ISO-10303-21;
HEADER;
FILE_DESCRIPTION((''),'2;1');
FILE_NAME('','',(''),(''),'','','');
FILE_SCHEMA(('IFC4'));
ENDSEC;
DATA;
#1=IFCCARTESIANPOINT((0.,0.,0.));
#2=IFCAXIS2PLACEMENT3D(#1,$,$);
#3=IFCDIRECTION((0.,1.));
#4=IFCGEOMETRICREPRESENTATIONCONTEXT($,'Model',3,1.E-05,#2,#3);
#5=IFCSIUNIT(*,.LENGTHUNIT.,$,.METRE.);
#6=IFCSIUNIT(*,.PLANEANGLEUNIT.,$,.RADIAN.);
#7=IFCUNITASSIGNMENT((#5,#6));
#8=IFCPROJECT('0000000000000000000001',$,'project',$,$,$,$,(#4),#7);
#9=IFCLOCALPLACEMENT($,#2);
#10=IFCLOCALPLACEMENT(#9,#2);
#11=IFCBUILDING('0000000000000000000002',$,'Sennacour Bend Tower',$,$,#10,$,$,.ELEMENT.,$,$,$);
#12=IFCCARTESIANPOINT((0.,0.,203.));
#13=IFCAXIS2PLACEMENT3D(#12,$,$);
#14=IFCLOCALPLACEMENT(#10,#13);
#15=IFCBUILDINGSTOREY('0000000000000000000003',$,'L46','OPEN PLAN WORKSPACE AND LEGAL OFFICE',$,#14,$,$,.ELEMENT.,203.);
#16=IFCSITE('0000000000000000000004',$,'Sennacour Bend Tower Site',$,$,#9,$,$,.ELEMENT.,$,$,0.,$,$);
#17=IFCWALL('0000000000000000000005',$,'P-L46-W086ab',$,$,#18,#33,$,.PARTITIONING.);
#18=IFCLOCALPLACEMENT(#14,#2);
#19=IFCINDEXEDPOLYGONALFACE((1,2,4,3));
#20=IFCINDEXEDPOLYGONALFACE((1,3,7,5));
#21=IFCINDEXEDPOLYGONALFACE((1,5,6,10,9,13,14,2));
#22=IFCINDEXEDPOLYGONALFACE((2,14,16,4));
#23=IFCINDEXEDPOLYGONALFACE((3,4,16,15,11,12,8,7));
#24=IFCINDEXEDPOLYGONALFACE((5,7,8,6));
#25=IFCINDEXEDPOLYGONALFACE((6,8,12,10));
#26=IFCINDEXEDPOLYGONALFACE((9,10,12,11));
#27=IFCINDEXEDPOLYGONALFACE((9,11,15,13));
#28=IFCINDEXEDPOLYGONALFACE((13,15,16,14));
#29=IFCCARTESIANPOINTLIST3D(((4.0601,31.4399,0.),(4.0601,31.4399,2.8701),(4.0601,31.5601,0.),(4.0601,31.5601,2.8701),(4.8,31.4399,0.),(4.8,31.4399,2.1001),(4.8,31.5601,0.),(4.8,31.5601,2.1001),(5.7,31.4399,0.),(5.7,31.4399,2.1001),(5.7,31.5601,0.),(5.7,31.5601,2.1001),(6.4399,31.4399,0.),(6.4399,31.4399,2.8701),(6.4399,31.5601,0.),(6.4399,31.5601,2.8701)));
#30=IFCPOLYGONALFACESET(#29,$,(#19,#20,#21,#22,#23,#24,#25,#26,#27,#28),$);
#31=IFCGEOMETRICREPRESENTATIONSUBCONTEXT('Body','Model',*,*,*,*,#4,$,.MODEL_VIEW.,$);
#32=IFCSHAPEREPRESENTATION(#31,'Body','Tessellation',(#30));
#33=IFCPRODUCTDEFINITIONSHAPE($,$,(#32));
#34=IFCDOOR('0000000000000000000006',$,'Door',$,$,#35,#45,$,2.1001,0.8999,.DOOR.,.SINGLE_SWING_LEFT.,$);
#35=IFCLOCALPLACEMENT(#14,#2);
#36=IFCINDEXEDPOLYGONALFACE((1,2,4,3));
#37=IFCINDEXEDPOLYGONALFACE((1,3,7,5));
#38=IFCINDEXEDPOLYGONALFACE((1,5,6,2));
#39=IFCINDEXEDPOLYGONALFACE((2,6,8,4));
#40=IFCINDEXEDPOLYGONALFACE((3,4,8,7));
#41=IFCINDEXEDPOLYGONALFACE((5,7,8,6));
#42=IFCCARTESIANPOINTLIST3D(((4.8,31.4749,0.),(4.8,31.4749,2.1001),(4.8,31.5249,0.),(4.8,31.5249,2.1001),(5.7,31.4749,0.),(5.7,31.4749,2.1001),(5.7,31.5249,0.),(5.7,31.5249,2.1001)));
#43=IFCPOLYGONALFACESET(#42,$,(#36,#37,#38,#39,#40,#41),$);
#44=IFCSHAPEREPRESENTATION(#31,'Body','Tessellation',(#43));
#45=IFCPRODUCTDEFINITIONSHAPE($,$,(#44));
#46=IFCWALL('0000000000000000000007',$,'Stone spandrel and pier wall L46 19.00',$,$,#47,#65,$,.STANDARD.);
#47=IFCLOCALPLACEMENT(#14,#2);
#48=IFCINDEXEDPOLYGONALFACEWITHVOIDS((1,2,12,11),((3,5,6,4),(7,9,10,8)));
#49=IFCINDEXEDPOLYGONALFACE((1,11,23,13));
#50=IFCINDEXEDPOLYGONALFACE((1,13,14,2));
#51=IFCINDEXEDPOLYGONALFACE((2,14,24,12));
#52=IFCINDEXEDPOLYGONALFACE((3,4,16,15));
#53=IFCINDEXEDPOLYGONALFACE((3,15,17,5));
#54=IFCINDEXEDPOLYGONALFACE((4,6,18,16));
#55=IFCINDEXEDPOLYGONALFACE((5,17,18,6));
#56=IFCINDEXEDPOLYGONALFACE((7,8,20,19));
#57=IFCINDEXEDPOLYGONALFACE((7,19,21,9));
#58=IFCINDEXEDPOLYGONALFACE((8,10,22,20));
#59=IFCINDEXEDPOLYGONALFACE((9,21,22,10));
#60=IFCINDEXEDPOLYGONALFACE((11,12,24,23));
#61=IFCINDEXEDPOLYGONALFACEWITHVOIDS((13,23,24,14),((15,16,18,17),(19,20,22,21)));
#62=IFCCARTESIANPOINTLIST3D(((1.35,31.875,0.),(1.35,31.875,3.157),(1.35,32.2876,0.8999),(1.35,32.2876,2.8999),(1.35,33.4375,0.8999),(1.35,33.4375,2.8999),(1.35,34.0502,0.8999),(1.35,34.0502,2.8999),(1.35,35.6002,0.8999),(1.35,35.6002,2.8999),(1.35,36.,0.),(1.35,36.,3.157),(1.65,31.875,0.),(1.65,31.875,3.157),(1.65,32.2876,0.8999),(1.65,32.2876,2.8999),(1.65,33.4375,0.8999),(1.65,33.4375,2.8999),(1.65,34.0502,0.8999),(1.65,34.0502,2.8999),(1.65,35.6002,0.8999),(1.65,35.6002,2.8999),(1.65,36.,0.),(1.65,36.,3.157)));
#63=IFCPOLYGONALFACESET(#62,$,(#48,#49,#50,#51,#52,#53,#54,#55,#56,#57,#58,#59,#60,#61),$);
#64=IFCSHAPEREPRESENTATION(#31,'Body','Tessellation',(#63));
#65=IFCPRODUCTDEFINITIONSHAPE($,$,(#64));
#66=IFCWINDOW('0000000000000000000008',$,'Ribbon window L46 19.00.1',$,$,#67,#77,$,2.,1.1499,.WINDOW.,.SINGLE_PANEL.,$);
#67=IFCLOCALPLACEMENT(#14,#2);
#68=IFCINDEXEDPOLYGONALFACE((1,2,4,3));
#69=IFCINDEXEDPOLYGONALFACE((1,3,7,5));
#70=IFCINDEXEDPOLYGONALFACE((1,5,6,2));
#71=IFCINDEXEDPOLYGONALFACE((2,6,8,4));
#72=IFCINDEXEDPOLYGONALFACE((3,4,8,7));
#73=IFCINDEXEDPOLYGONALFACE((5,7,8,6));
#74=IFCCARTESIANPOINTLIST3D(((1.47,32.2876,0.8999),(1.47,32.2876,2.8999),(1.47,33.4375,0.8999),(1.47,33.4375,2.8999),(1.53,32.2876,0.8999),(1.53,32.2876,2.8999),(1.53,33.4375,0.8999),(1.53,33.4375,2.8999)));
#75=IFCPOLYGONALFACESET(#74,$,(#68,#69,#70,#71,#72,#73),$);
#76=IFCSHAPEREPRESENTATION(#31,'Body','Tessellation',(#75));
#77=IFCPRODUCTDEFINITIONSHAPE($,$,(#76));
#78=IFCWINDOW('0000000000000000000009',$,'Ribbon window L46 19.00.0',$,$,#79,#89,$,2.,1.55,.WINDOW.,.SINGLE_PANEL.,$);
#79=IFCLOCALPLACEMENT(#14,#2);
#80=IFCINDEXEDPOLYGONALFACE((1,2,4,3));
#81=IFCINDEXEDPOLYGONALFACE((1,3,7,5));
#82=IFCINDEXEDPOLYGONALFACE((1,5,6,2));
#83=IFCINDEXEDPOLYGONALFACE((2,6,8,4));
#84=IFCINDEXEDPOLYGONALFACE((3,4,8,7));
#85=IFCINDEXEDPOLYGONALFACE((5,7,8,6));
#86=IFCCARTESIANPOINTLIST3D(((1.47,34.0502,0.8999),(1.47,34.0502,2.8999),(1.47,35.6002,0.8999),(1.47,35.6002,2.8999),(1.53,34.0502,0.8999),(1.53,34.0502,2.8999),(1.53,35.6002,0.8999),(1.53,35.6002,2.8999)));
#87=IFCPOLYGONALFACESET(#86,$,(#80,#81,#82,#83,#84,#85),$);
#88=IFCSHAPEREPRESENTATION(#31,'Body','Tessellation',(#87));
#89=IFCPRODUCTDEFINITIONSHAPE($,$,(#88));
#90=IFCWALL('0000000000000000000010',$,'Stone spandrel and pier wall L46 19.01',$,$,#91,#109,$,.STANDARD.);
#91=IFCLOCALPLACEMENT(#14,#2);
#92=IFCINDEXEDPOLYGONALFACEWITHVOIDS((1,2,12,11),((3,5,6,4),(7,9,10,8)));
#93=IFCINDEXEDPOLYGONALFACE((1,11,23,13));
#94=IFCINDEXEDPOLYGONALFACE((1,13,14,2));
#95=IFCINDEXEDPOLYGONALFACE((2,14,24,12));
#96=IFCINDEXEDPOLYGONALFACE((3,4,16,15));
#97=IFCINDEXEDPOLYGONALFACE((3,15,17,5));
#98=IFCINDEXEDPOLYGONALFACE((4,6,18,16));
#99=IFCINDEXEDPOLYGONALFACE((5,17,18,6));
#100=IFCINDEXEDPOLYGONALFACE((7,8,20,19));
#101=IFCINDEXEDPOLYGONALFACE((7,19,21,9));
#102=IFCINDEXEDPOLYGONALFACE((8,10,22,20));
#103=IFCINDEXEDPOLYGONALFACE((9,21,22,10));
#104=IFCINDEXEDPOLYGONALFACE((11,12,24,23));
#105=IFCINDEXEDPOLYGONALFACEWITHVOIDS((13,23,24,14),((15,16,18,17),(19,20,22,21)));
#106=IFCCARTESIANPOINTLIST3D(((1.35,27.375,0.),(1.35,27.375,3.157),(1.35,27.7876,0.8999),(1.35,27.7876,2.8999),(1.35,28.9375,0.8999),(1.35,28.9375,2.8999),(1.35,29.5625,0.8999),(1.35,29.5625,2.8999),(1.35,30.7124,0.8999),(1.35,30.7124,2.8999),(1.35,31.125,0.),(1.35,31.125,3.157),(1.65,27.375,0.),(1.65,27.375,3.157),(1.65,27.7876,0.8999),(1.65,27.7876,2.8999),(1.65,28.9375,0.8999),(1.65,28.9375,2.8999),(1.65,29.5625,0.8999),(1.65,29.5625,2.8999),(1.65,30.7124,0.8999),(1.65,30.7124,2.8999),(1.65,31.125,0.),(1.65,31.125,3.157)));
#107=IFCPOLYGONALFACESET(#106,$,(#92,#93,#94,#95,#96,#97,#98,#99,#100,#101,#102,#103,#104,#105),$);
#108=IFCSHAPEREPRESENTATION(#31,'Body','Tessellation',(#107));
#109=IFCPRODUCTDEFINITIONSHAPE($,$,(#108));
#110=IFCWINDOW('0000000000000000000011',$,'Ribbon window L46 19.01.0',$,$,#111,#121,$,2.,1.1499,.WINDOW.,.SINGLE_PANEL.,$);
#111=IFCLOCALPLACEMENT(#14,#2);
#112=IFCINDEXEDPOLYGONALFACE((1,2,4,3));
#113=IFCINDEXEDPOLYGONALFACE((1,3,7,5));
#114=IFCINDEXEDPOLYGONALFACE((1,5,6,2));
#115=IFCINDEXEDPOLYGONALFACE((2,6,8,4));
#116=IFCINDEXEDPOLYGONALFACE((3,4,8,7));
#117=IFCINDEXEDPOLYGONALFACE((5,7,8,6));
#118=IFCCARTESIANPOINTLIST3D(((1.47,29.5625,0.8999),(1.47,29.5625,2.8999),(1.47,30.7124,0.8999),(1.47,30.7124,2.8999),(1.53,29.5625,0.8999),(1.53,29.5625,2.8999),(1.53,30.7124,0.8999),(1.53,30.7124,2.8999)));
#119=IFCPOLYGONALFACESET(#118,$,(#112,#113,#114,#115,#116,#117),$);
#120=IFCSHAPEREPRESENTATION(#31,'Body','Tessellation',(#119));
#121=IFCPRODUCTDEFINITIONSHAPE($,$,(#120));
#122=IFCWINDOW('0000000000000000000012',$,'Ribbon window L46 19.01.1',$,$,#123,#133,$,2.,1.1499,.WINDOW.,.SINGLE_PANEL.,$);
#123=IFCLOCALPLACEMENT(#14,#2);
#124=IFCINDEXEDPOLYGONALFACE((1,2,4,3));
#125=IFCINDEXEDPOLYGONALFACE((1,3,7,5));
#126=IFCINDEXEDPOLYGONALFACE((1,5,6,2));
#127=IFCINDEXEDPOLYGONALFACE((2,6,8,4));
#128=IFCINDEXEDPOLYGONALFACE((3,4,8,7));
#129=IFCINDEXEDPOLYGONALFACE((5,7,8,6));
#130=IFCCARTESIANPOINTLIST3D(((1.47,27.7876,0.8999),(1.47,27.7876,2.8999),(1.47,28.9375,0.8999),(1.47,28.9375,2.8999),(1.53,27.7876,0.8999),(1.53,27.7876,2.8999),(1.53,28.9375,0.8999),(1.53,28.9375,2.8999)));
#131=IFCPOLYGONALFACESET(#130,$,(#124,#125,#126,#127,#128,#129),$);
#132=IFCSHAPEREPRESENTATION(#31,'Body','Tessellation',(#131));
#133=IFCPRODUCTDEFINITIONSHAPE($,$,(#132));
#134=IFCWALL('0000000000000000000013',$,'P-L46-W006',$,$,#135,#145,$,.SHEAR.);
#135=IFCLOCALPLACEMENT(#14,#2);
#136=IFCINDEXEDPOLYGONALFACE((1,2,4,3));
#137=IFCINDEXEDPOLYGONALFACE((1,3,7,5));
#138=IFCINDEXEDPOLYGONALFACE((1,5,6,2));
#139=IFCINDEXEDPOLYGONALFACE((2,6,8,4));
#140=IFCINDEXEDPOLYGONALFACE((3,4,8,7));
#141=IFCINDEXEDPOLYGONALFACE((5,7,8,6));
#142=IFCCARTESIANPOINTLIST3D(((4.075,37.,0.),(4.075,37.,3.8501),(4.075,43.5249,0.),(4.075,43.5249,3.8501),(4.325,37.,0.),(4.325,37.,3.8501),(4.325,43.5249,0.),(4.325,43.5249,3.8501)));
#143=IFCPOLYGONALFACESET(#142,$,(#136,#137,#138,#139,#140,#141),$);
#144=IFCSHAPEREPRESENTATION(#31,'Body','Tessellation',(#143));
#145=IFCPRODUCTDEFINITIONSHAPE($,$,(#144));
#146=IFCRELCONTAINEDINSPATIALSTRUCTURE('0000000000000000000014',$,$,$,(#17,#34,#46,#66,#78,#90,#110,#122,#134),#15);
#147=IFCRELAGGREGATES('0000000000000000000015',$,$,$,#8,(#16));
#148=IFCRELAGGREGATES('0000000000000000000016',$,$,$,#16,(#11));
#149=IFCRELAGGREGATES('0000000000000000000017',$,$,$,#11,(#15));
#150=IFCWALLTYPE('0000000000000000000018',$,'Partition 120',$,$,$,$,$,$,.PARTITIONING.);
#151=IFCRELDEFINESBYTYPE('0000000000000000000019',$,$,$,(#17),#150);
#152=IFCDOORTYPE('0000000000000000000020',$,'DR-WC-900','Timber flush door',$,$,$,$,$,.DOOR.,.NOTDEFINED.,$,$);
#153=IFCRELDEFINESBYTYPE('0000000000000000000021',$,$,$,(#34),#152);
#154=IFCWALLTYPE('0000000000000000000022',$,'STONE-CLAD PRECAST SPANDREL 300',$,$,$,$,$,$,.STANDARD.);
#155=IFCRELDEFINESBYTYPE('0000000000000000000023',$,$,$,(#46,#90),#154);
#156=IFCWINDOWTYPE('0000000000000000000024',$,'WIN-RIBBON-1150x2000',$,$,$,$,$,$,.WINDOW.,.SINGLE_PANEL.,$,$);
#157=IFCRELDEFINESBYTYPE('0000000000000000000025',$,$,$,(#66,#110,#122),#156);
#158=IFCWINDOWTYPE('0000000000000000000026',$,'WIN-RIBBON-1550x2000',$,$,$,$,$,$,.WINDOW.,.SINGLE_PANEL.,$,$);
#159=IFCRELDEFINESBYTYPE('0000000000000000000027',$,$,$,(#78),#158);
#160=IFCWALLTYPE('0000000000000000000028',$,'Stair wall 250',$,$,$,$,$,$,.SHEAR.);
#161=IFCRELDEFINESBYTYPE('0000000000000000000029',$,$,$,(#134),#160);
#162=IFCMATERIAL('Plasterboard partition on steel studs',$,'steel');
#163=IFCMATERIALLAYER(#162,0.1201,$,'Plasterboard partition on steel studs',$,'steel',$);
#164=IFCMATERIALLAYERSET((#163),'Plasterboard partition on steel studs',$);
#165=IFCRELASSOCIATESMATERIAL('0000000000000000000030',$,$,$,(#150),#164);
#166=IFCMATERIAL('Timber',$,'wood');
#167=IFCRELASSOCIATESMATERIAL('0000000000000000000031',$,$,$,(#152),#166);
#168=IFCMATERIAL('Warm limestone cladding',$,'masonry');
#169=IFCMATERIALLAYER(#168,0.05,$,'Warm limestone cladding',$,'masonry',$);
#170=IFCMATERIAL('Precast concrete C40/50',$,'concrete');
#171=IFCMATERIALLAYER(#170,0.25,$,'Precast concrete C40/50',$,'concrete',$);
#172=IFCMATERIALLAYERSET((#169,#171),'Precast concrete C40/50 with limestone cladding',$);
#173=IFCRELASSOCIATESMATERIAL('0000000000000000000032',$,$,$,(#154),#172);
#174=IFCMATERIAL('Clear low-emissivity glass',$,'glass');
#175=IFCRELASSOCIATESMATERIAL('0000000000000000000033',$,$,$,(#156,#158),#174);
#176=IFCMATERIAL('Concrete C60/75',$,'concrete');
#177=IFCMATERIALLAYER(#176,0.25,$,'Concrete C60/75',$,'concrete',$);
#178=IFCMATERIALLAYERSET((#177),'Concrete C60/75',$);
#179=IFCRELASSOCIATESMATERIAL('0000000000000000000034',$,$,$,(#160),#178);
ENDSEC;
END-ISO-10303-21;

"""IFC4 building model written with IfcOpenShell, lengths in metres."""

from ifc_helpers import new_model, si_unit, direction, frame, frame_2d, origin, place, context, subcontext, project, spatial, rectangle, extrude, material, layer, layer_set, type_object, element, fill, save


model = new_model("IFC4")

# Units and contexts
model_context = context("Model", 3, precision=1e-05, world=origin(), true_north=direction((0.0, 1.0)))
body_context = subcontext(model_context, "Body", "Model", "MODEL_VIEW")
ifc_project = project(units=[si_unit("LENGTHUNIT", "METRE"), si_unit("PLANEANGLEUNIT", "RADIAN")], contexts=[model_context])

# Site, building, storey
site_placement = place(None, origin())
site = spatial("IfcSite", under=ifc_project, at=site_placement, Name="Sennacour Bend Tower Site", CompositionType="ELEMENT", RefElevation=0.0)
building_placement = place(site_placement, origin())
building = spatial("IfcBuilding", under=site, at=building_placement, Name="Sennacour Bend Tower", CompositionType="ELEMENT")
storey_placement = place(building_placement, frame((0.0, 0.0, 203.0)))
storey = spatial("IfcBuildingStorey", under=building, at=storey_placement, Name="L46", Description="OPEN PLAN WORKSPACE AND LEGAL OFFICE", CompositionType="ELEMENT", Elevation=203.0)

# Shared definitions
ifc_material_1 = material(Name="Concrete C60/75", Category="concrete")

# Shared definitions
ifc_material_2 = material(Name="Plasterboard partition on steel studs", Category="steel")
ifc_layer_1 = layer(ifc_material_2, 0.1201, Name="Plasterboard partition on steel studs", Category="steel")
ifc_layer_set_1 = layer_set([ifc_layer_1], Name="Plasterboard partition on steel studs")
wall_type_1 = type_object("IfcWallType", Name="Partition 120", PredefinedType="PARTITIONING", material=ifc_layer_set_1)

# Wall, opening, door
ifc_material_3 = material(Name="Timber", Category="wood")
door_type_1 = type_object("IfcDoorType", Name="DR-WC-900", Description="Timber flush door", OperationType="NOTDEFINED", PredefinedType="DOOR", material=ifc_material_3)
wall_1_placement = place(storey_placement, frame((4.0601, 31.5, 0.0), z_axis=(0.0, 0.0, 1.0), x_axis=(1.0, 0.0, 0.0)))
wall_1 = element("IfcWall", 1, at=wall_1_placement, inside=storey, type_object=wall_type_1, Name="P-L46-W086ab", PredefinedType="PARTITIONING", context=body_context, shape_type="SweptSolid", body=[
    extrude(rectangle(XDim=2.3799, YDim=0.1201, at=frame_2d((1.1899, 0.0))), origin(), (0.0, 0.0, 1.0), 2.8701),
])
opening_1_placement = place(wall_1_placement, frame((0.74, 0.0, 0.0)))
opening_1 = element("IfcOpeningElement", 2, at=opening_1_placement, cuts=wall_1, PredefinedType="OPENING", context=body_context, shape_type="SweptSolid", body=[
    extrude(rectangle(XDim=0.8999, YDim=2.1001, at=frame_2d((0.45, 1.05))), frame((0.0, 0.0701, 0.0), z_axis=(0.0, -1.0, 0.0), x_axis=(1.0, 0.0, 0.0)), (0.0, 0.0, 1.0), 0.1401),
])
door_1_placement = place(opening_1_placement, origin())
door_1 = element("IfcDoor", 3, at=door_1_placement, inside=storey, type_object=door_type_1, Name="Door", OperationType="SINGLE_SWING_LEFT", OverallHeight=2.1001, OverallWidth=0.8999, PredefinedType="DOOR", context=body_context, shape_type="SweptSolid", body=[
    extrude(rectangle(XDim=0.8999, YDim=2.1001, at=frame_2d((0.45, 1.05))), frame((0.0, 0.0249, 0.0), z_axis=(0.0, -1.0, 0.0), x_axis=(1.0, 0.0, 0.0)), (0.0, 0.0, 1.0), 0.05),
])
fill(opening_1, door_1)

# Walls, openings, windows
ifc_material_4 = material(Name="Warm limestone cladding", Category="masonry")
ifc_layer_2 = layer(ifc_material_4, 0.05, Name="Warm limestone cladding", Category="masonry")
ifc_material_5 = material(Name="Precast concrete C40/50", Category="concrete")
ifc_layer_3 = layer(ifc_material_5, 0.25, Name="Precast concrete C40/50", Category="concrete")
ifc_layer_set_2 = layer_set([ifc_layer_2, ifc_layer_3], Name="Precast concrete C40/50 with limestone cladding")
wall_type_2 = type_object("IfcWallType", Name="STONE-CLAD PRECAST SPANDREL 300", PredefinedType="STANDARD", material=ifc_layer_set_2)
wall_2_placement = place(storey_placement, frame((1.5, 36.0, 0.0), z_axis=(0.0, 0.0, 1.0), x_axis=(0.0, -1.0, 0.0)))
wall_2 = element("IfcWall", 4, at=wall_2_placement, inside=storey, type_object=wall_type_2, Name="Stone spandrel and pier wall L46 19.00", PredefinedType="STANDARD", context=body_context, shape_type="SweptSolid", body=[
    extrude(rectangle(XDim=4.125, YDim=0.3, at=frame_2d((2.0625, 0.0))), origin(), (0.0, 0.0, 1.0), 3.157),
])
opening_2_placement = place(wall_2_placement, frame((0.3999, 0.0, 0.8999)))
opening_2 = element("IfcOpeningElement", 5, at=opening_2_placement, cuts=wall_2, PredefinedType="OPENING", context=body_context, shape_type="SweptSolid", body=[
    extrude(rectangle(XDim=1.55, YDim=2.0, at=frame_2d((0.7749, 1.0))), frame((0.0, 0.1602, 0.0), z_axis=(0.0, -1.0, 0.0), x_axis=(1.0, 0.0, 0.0)), (0.0, 0.0, 1.0), 0.3201),
])
opening_3_placement = place(wall_2_placement, frame((2.5625, 0.0, 0.8999)))
opening_3 = element("IfcOpeningElement", 6, at=opening_3_placement, cuts=wall_2, PredefinedType="OPENING", context=body_context, shape_type="SweptSolid", body=[
    extrude(rectangle(XDim=1.1499, YDim=2.0, at=frame_2d((0.575, 1.0))), frame((0.0, 0.1602, 0.0), z_axis=(0.0, -1.0, 0.0), x_axis=(1.0, 0.0, 0.0)), (0.0, 0.0, 1.0), 0.3201),
])
ifc_material_6 = material(Name="Clear low-emissivity glass", Category="glass")
window_type_1 = type_object("IfcWindowType", Name="WIN-RIBBON-1150x2000", PartitioningType="SINGLE_PANEL", PredefinedType="WINDOW", material=ifc_material_6)
window_1_placement = place(opening_3_placement, origin())
window_1 = element("IfcWindow", 7, at=window_1_placement, inside=storey, type_object=window_type_1, Name="Ribbon window L46 19.00.1", OverallHeight=2.0, OverallWidth=1.1499, PartitioningType="SINGLE_PANEL", PredefinedType="WINDOW", context=body_context, shape_type="SweptSolid", body=[
    extrude(rectangle(XDim=1.1499, YDim=2.0, at=frame_2d((0.575, 1.0))), frame((0.0, 0.03, 0.0), z_axis=(0.0, -1.0, 0.0), x_axis=(1.0, 0.0, 0.0)), (0.0, 0.0, 1.0), 0.0601),
])
fill(opening_3, window_1)
window_type_2 = type_object("IfcWindowType", Name="WIN-RIBBON-1550x2000", PartitioningType="SINGLE_PANEL", PredefinedType="WINDOW", material=ifc_material_6)
window_2_placement = place(opening_2_placement, origin())
window_2 = element("IfcWindow", 8, at=window_2_placement, inside=storey, type_object=window_type_2, Name="Ribbon window L46 19.00.0", OverallHeight=2.0, OverallWidth=1.55, PartitioningType="SINGLE_PANEL", PredefinedType="WINDOW", context=body_context, shape_type="SweptSolid", body=[
    extrude(rectangle(XDim=1.55, YDim=2.0, at=frame_2d((0.7749, 1.0))), frame((0.0, 0.03, 0.0), z_axis=(0.0, -1.0, 0.0), x_axis=(1.0, 0.0, 0.0)), (0.0, 0.0, 1.0), 0.0601),
])
fill(opening_2, window_2)
wall_3_placement = place(storey_placement, frame((1.5, 31.125, 0.0), z_axis=(0.0, 0.0, 1.0), x_axis=(0.0, -1.0, 0.0)))
wall_3 = element("IfcWall", 9, at=wall_3_placement, inside=storey, type_object=wall_type_2, Name="Stone spandrel and pier wall L46 19.01", PredefinedType="STANDARD", context=body_context, shape_type="SweptSolid", body=[
    extrude(rectangle(XDim=3.75, YDim=0.3, at=frame_2d((1.875, 0.0))), origin(), (0.0, 0.0, 1.0), 3.157),
])
opening_4_placement = place(wall_3_placement, frame((0.4126, 0.0, 0.8999)))
opening_4 = element("IfcOpeningElement", 10, at=opening_4_placement, cuts=wall_3, PredefinedType="OPENING", context=body_context, shape_type="SweptSolid", body=[
    extrude(rectangle(XDim=1.1499, YDim=2.0, at=frame_2d((0.575, 1.0))), frame((0.0, 0.1602, 0.0), z_axis=(0.0, -1.0, 0.0), x_axis=(1.0, 0.0, 0.0)), (0.0, 0.0, 1.0), 0.3201),
])
opening_5_placement = place(wall_3_placement, frame((2.1875, 0.0, 0.8999)))
opening_5 = element("IfcOpeningElement", 11, at=opening_5_placement, cuts=wall_3, PredefinedType="OPENING", context=body_context, shape_type="SweptSolid", body=[
    extrude(rectangle(XDim=1.1499, YDim=2.0, at=frame_2d((0.575, 1.0))), frame((0.0, 0.1602, 0.0), z_axis=(0.0, -1.0, 0.0), x_axis=(1.0, 0.0, 0.0)), (0.0, 0.0, 1.0), 0.3201),
])
window_3_placement = place(opening_4_placement, origin())
window_3 = element("IfcWindow", 12, at=window_3_placement, inside=storey, type_object=window_type_1, Name="Ribbon window L46 19.01.0", OverallHeight=2.0, OverallWidth=1.1499, PartitioningType="SINGLE_PANEL", PredefinedType="WINDOW", context=body_context, shape_type="SweptSolid", body=[
    extrude(rectangle(XDim=1.1499, YDim=2.0, at=frame_2d((0.575, 1.0))), frame((0.0, 0.03, 0.0), z_axis=(0.0, -1.0, 0.0), x_axis=(1.0, 0.0, 0.0)), (0.0, 0.0, 1.0), 0.0601),
])
fill(opening_4, window_3)
window_4_placement = place(opening_5_placement, origin())
window_4 = element("IfcWindow", 13, at=window_4_placement, inside=storey, type_object=window_type_1, Name="Ribbon window L46 19.01.1", OverallHeight=2.0, OverallWidth=1.1499, PartitioningType="SINGLE_PANEL", PredefinedType="WINDOW", context=body_context, shape_type="SweptSolid", body=[
    extrude(rectangle(XDim=1.1499, YDim=2.0, at=frame_2d((0.575, 1.0))), frame((0.0, 0.03, 0.0), z_axis=(0.0, -1.0, 0.0), x_axis=(1.0, 0.0, 0.0)), (0.0, 0.0, 1.0), 0.0601),
])
fill(opening_5, window_4)

# Wall
ifc_layer_4 = layer(ifc_material_1, 0.25, Name="Concrete C60/75", Category="concrete")
ifc_layer_set_3 = layer_set([ifc_layer_4], Name="Concrete C60/75")
wall_type_3 = type_object("IfcWallType", Name="Stair wall 250", PredefinedType="SHEAR", material=ifc_layer_set_3)
wall_4_placement = place(storey_placement, frame((4.2, 37.0, 0.0), z_axis=(0.0, 0.0, 1.0), x_axis=(0.0, 1.0, 0.0)))
element("IfcWall", 14, at=wall_4_placement, inside=storey, type_object=wall_type_3, Name="P-L46-W006", PredefinedType="SHEAR", context=body_context, shape_type="SweptSolid", body=[
    extrude(rectangle(XDim=6.5249, YDim=0.25, at=frame_2d((3.2625, 0.0))), origin(), (0.0, 0.0, 1.0), 3.8501),
])

save(model, "model.ifc")
